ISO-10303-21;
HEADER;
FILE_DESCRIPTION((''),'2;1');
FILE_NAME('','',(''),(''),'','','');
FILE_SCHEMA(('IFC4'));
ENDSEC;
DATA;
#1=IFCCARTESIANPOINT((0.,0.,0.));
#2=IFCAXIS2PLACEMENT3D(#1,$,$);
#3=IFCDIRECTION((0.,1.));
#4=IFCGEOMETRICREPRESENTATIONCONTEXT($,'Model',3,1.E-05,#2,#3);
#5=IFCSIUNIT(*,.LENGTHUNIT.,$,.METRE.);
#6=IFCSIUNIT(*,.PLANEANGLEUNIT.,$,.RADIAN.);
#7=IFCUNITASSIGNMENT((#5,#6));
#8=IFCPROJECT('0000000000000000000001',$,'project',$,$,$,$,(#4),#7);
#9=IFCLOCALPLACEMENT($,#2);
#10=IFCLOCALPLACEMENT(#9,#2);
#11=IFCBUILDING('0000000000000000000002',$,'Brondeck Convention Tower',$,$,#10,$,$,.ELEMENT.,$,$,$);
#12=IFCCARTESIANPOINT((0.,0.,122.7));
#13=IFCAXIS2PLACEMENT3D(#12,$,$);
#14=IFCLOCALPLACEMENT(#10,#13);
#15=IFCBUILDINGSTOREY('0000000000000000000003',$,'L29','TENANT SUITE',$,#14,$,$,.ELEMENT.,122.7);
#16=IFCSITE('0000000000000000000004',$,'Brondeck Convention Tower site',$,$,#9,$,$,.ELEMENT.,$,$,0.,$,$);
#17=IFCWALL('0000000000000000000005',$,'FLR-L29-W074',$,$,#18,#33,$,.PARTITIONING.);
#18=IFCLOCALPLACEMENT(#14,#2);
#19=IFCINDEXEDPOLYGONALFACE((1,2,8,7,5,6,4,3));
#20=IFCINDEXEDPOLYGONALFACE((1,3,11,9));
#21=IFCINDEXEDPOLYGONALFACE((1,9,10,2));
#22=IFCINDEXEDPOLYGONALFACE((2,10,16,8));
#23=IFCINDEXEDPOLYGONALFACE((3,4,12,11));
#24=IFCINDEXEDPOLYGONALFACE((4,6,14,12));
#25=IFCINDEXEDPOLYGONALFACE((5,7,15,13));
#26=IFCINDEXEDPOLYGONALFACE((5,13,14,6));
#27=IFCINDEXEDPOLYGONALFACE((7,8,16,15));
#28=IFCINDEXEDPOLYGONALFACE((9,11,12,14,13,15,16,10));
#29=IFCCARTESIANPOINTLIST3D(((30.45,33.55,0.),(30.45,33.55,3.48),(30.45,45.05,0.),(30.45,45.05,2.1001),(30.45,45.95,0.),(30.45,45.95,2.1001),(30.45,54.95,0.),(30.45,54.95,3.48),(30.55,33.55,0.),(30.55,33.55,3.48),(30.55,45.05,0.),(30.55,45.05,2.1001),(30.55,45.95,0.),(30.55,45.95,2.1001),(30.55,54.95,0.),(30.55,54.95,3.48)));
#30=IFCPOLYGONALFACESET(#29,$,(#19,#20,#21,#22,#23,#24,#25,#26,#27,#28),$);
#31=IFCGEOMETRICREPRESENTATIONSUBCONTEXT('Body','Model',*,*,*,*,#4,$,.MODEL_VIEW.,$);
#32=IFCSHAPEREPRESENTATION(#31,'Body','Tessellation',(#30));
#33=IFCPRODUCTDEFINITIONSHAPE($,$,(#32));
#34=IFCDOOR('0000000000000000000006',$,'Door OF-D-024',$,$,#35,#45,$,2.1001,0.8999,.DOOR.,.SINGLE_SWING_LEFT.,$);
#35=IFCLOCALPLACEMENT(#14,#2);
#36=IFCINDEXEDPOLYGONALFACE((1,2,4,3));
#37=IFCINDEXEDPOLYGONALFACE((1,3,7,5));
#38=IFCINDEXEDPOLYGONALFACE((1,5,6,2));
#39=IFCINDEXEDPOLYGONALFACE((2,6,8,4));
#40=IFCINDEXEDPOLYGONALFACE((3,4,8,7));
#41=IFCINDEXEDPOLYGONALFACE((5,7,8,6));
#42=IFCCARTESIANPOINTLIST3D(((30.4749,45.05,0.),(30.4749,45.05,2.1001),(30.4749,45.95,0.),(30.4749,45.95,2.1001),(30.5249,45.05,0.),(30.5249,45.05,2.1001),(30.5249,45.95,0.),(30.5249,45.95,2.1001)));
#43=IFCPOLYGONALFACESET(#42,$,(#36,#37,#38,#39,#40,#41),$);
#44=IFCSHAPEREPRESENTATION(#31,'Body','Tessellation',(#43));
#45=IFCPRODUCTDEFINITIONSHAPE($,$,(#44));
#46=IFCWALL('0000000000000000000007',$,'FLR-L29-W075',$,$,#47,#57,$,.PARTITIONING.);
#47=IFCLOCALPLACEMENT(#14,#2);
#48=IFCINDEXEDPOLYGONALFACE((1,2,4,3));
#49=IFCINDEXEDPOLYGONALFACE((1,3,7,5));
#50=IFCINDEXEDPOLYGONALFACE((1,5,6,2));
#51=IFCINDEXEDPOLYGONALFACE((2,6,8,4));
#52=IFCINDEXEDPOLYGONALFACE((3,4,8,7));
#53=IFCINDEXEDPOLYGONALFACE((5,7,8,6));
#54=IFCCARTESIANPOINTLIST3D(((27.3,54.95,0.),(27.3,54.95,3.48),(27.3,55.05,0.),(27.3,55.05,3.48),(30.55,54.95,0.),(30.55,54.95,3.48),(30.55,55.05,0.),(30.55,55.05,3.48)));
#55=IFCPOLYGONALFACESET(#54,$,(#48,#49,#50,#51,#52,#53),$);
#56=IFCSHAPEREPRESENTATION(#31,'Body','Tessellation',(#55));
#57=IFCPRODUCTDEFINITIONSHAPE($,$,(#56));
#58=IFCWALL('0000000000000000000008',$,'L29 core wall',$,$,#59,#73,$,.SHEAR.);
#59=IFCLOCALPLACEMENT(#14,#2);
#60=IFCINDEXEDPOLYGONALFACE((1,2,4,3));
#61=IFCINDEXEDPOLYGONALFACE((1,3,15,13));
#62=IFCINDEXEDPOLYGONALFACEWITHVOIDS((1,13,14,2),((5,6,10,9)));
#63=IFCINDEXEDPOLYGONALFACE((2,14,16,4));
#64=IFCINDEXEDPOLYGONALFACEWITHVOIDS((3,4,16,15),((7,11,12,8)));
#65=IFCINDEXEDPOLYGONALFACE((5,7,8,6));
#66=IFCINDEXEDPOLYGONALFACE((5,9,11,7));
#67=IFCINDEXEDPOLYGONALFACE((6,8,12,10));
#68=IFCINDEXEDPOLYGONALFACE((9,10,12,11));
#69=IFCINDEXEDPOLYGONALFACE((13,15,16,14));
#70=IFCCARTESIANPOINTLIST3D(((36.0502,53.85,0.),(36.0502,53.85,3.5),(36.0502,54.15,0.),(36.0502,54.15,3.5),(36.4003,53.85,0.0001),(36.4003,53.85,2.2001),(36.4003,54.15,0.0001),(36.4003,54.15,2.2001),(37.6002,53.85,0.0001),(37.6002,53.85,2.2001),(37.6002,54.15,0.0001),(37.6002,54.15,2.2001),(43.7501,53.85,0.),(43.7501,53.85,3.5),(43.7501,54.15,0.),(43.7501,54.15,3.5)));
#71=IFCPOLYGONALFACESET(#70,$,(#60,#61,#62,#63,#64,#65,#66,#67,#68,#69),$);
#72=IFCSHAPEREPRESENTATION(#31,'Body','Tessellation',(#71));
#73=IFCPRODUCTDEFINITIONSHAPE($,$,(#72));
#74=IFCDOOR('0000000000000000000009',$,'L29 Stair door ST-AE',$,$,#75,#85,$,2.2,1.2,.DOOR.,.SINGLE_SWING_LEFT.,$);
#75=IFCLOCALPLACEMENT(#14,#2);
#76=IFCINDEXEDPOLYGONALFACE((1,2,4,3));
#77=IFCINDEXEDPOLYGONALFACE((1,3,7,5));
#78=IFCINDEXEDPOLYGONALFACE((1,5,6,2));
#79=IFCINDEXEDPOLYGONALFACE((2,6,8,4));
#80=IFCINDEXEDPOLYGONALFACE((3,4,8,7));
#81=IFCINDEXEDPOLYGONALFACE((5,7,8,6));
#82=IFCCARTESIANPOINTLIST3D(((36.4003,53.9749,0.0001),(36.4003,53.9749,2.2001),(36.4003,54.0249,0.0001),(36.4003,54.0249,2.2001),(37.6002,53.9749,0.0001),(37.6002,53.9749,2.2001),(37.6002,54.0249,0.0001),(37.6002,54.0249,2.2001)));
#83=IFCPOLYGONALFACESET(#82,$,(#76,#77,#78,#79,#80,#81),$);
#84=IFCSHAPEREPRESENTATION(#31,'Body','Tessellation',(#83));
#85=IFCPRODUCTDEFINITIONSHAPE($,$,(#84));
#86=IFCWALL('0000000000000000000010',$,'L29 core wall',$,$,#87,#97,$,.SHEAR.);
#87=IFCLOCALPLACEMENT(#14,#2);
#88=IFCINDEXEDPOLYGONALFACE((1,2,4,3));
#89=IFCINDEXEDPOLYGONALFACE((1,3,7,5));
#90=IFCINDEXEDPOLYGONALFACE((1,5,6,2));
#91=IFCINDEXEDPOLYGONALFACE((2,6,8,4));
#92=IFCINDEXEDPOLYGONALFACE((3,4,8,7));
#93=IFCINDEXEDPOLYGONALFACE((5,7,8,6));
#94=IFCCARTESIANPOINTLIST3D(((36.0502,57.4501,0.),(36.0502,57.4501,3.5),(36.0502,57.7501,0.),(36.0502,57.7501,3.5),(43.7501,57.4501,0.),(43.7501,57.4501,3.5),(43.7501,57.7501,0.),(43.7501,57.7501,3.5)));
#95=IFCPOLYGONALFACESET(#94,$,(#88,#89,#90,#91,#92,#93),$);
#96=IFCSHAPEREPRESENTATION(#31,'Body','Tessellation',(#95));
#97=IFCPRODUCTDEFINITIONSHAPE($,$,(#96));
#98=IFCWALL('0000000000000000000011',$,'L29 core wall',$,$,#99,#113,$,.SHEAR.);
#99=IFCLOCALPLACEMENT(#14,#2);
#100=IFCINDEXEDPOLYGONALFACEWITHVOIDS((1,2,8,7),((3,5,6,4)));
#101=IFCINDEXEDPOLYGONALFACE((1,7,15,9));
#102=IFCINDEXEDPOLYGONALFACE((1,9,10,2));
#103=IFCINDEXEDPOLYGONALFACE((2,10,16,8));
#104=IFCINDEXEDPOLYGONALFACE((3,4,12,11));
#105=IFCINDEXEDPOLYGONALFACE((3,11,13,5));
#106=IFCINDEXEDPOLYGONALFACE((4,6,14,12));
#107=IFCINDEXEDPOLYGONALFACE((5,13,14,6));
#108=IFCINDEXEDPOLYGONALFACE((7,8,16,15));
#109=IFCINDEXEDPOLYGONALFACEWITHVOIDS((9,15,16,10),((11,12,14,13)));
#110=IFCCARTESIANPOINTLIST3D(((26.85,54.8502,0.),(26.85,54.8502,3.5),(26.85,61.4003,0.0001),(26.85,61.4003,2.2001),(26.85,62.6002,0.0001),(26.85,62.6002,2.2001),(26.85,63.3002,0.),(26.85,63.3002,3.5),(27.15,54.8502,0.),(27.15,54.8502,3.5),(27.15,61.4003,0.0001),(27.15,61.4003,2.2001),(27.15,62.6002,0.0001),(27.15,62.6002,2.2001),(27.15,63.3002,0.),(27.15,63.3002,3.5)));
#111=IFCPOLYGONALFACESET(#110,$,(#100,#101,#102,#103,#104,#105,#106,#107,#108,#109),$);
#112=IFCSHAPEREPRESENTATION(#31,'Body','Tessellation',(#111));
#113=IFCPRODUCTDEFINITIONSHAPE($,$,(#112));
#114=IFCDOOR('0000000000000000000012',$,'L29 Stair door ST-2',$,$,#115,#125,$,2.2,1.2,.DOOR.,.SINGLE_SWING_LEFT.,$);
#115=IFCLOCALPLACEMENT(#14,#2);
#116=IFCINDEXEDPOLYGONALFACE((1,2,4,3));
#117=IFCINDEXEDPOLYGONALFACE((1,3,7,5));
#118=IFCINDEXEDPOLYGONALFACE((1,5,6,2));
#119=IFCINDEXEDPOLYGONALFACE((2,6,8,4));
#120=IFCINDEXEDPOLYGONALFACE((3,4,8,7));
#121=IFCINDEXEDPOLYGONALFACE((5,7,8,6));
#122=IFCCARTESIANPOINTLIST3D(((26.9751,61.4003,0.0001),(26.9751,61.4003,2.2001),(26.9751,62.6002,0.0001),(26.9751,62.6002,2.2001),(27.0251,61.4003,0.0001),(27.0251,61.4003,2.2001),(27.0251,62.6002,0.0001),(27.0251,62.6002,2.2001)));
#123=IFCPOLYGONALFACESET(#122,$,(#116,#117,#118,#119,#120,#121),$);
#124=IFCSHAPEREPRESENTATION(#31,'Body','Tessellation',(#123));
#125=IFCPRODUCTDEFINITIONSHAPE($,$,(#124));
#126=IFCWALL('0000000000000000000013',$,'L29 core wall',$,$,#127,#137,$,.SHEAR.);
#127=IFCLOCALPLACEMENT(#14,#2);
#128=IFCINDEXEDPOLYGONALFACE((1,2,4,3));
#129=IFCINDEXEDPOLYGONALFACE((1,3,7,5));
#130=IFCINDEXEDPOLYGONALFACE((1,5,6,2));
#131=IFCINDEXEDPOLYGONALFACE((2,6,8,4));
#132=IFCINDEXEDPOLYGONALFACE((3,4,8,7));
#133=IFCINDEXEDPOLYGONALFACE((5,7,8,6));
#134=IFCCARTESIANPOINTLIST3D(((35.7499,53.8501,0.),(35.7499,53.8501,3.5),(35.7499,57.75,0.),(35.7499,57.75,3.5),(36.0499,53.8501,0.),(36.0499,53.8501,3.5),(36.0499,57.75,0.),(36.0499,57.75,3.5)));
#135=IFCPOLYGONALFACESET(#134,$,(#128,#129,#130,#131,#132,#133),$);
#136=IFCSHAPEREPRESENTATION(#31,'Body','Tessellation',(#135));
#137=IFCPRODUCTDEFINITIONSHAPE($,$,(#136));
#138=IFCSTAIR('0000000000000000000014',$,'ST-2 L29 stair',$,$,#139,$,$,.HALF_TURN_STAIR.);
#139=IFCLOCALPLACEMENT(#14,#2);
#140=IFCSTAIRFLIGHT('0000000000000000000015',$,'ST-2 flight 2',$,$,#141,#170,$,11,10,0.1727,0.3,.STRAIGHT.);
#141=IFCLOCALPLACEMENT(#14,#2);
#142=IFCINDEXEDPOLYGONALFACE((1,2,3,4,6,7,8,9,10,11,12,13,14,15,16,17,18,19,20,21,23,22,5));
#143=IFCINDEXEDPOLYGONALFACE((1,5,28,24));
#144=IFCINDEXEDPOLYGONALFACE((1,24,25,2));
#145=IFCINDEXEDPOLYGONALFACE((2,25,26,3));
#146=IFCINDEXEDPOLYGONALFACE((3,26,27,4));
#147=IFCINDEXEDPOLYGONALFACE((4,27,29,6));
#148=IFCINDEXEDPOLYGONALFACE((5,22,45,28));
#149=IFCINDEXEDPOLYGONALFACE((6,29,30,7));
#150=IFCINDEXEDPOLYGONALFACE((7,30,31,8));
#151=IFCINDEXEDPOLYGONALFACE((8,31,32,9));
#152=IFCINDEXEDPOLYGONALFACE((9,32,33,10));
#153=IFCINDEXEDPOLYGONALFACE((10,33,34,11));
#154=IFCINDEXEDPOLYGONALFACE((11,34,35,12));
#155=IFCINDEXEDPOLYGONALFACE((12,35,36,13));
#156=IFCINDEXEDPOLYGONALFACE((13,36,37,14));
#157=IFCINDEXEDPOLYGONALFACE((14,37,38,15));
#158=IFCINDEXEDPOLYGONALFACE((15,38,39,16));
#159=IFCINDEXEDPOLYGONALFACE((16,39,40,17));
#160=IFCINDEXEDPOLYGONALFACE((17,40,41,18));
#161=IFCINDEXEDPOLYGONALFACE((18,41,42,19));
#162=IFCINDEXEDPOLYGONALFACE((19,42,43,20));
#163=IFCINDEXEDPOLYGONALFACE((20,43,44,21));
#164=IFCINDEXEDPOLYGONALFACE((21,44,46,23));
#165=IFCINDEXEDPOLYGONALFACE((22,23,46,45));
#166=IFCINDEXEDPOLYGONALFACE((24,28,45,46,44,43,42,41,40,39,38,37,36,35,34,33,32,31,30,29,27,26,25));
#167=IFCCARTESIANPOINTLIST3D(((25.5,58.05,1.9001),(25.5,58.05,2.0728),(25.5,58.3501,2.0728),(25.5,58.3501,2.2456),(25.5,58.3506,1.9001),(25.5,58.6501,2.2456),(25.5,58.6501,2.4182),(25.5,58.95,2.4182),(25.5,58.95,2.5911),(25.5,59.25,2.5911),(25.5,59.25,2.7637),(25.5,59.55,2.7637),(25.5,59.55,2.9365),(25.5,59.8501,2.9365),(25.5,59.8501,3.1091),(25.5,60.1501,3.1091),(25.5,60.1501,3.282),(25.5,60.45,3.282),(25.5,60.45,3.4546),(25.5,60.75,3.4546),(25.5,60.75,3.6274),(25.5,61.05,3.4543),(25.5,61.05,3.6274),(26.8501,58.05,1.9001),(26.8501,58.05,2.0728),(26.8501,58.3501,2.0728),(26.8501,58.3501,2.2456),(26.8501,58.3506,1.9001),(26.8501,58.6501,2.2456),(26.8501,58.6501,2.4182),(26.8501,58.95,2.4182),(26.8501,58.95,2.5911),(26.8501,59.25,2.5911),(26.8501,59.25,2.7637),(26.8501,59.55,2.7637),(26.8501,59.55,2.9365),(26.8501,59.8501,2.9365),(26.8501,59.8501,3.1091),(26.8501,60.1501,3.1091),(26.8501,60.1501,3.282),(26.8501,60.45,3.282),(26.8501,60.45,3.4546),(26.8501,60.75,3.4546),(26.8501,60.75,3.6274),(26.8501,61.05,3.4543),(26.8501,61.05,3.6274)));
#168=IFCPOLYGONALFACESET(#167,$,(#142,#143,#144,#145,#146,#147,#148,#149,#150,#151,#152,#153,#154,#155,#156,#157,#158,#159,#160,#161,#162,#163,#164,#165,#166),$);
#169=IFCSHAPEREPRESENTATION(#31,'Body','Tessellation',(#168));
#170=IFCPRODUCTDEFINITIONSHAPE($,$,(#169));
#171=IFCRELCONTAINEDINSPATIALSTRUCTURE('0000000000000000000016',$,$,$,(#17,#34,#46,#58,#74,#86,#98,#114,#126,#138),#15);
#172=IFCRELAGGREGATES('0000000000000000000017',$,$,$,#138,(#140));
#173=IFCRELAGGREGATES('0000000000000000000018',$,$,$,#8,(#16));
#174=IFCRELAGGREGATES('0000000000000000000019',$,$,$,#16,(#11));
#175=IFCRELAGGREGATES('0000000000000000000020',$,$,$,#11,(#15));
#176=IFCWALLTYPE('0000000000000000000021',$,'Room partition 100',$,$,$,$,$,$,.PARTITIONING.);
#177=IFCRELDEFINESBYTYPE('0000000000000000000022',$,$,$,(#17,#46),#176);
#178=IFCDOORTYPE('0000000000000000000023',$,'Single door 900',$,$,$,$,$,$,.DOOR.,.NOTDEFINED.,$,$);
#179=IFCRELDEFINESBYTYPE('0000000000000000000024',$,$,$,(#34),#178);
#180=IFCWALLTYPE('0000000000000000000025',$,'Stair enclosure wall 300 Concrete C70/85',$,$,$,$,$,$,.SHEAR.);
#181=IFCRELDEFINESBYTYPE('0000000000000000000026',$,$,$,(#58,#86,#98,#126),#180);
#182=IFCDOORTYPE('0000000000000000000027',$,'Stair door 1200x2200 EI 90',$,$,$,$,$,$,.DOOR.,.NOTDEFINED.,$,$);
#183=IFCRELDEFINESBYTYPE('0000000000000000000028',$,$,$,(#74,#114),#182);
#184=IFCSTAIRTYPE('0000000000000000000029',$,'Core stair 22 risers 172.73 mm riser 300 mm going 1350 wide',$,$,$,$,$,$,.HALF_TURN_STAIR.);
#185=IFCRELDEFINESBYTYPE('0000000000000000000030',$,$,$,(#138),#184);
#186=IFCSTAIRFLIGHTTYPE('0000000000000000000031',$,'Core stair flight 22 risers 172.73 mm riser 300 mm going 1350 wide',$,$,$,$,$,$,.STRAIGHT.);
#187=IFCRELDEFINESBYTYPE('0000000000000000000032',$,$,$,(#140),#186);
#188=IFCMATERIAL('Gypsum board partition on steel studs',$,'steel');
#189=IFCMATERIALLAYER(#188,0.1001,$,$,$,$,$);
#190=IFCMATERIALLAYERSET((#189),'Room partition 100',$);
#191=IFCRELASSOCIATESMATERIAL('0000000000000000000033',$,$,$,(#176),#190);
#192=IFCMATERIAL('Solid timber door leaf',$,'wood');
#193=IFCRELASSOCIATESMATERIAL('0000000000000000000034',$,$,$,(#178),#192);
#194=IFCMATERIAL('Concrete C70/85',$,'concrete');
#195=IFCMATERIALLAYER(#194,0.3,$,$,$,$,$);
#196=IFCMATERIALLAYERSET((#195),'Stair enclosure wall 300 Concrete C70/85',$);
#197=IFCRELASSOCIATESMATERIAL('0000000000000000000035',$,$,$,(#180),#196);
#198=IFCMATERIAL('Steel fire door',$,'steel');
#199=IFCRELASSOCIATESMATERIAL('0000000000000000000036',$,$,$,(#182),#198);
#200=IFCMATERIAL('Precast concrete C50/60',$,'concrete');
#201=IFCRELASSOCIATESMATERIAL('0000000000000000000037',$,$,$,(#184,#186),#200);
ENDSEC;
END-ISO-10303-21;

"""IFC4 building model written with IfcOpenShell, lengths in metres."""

from ifc_helpers import new_model, si_unit, direction, frame, frame_2d, origin, place, context, subcontext, project, spatial, polyline, rectangle, outline, extrude, material, layer, layer_set, type_object, element, fill, aggregate, save


model = new_model("IFC4")

# Units and contexts
model_context = context("Model", 3, precision=1e-05, world=origin(), true_north=direction((0.0, 1.0)))
body_context = subcontext(model_context, "Body", "Model", "MODEL_VIEW")
ifc_project = project(units=[si_unit("LENGTHUNIT", "METRE"), si_unit("PLANEANGLEUNIT", "RADIAN")], contexts=[model_context])

# Site, building, storey
site_placement = place(None, origin())
site = spatial("IfcSite", under=ifc_project, at=site_placement, Name="Brondeck Convention Tower site", CompositionType="ELEMENT", RefElevation=0.0)
building_placement = place(site_placement, origin())
building = spatial("IfcBuilding", under=site, at=building_placement, Name="Brondeck Convention Tower", CompositionType="ELEMENT")
storey_placement = place(building_placement, frame((0.0, 0.0, 122.7)))
storey = spatial("IfcBuildingStorey", under=building, at=storey_placement, Name="L29", Description="TENANT SUITE", CompositionType="ELEMENT", Elevation=122.7)

# Shared definitions
ifc_material_1 = material(Name="Concrete C70/85", Category="concrete")

# Shared definitions
ifc_material_2 = material(Name="Gypsum board partition on steel studs", Category="steel")
ifc_layer_1 = layer(ifc_material_2, 0.1001)
ifc_layer_set_1 = layer_set([ifc_layer_1], Name="Room partition 100")
wall_type_1 = type_object("IfcWallType", Name="Room partition 100", PredefinedType="PARTITIONING", material=ifc_layer_set_1)

# Wall, opening, door
wall_1_placement = place(storey_placement, frame((30.5, 54.95, 0.0), z_axis=(0.0, 0.0, 1.0), x_axis=(0.0, -1.0, 0.0)))
wall_1 = element("IfcWall", 1, at=wall_1_placement, inside=storey, type_object=wall_type_1, Name="FLR-L29-W074", PredefinedType="PARTITIONING", context=body_context, shape_type="SweptSolid", body=[
    extrude(rectangle(XDim=21.3999, YDim=0.1001, at=frame_2d((10.7, 0.0))), origin(), (0.0, 0.0, 1.0), 3.48),
])
opening_1_placement = place(wall_1_placement, frame((9.0, 0.0, 0.0)))
opening_1 = element("IfcOpeningElement", 2, at=opening_1_placement, cuts=wall_1, PredefinedType="OPENING", context=body_context, shape_type="SweptSolid", body=[
    extrude(rectangle(XDim=0.8999, YDim=2.1001, at=frame_2d((0.45, 1.05))), frame((0.0, 0.0601, 0.0), z_axis=(0.0, -1.0, 0.0), x_axis=(1.0, 0.0, 0.0)), (0.0, 0.0, 1.0), 0.1201),
])
ifc_material_3 = material(Name="Solid timber door leaf", Category="wood")
door_type_1 = type_object("IfcDoorType", Name="Single door 900", OperationType="NOTDEFINED", PredefinedType="DOOR", material=ifc_material_3)
door_1_placement = place(opening_1_placement, origin())
door_1 = element("IfcDoor", 3, at=door_1_placement, inside=storey, type_object=door_type_1, Name="Door OF-D-024", OperationType="SINGLE_SWING_LEFT", OverallHeight=2.1001, OverallWidth=0.8999, PredefinedType="DOOR", context=body_context, shape_type="SweptSolid", body=[
    extrude(rectangle(XDim=0.8999, YDim=2.1001, at=frame_2d((0.45, 1.05))), frame((0.0, 0.0249, 0.0), z_axis=(0.0, -1.0, 0.0), x_axis=(1.0, 0.0, 0.0)), (0.0, 0.0, 1.0), 0.05),
])
fill(opening_1, door_1)

# Wall
wall_2_placement = place(storey_placement, frame((27.3, 55.0, 0.0), z_axis=(0.0, 0.0, 1.0), x_axis=(1.0, 0.0, 0.0)))
element("IfcWall", 4, at=wall_2_placement, inside=storey, type_object=wall_type_1, Name="FLR-L29-W075", PredefinedType="PARTITIONING", context=body_context, shape_type="SweptSolid", body=[
    extrude(rectangle(XDim=3.25, YDim=0.1001, at=frame_2d((1.625, 0.0))), origin(), (0.0, 0.0, 1.0), 3.48),
])

# Wall, opening, door
ifc_layer_2 = layer(ifc_material_1, 0.3)
ifc_layer_set_2 = layer_set([ifc_layer_2], Name="Stair enclosure wall 300 Concrete C70/85")
wall_type_2 = type_object("IfcWallType", Name="Stair enclosure wall 300 Concrete C70/85", PredefinedType="SHEAR", material=ifc_layer_set_2)
wall_3_placement = place(storey_placement, frame((36.05, 54.0, 0.0), z_axis=(0.0, 0.0, 1.0), x_axis=(1.0, 0.0, 0.0)))
wall_3 = element("IfcWall", 5, at=wall_3_placement, inside=storey, type_object=wall_type_2, Name="L29 core wall", PredefinedType="SHEAR", context=body_context, shape_type="SweptSolid", body=[
    extrude(rectangle(XDim=7.7, YDim=0.3, at=frame_2d((3.8501, 0.0))), origin(), (0.0, 0.0, 1.0), 3.5),
])
opening_2_placement = place(wall_3_placement, frame((0.3501, 0.0, 0.0)))
opening_2 = element("IfcOpeningElement", 6, at=opening_2_placement, cuts=wall_3, PredefinedType="OPENING", context=body_context, shape_type="SweptSolid", body=[
    extrude(rectangle(XDim=1.2, YDim=2.2, at=frame_2d((0.6001, 1.1001))), frame((0.0, 0.1599, 0.0), z_axis=(0.0, -1.0, 0.0), x_axis=(1.0, 0.0, 0.0)), (0.0, 0.0, 1.0), 0.3201),
])
ifc_material_4 = material(Name="Steel fire door", Category="steel")
door_type_2 = type_object("IfcDoorType", Name="Stair door 1200x2200 EI 90", OperationType="NOTDEFINED", PredefinedType="DOOR", material=ifc_material_4)
door_2_placement = place(opening_2_placement, origin())
door_2 = element("IfcDoor", 7, at=door_2_placement, inside=storey, type_object=door_type_2, Name="L29 Stair door ST-AE", OperationType="SINGLE_SWING_LEFT", OverallHeight=2.2, OverallWidth=1.2, PredefinedType="DOOR", context=body_context, shape_type="SweptSolid", body=[
    extrude(rectangle(XDim=1.2, YDim=2.2, at=frame_2d((0.6001, 1.1001))), frame((0.0, 0.0249, 0.0), z_axis=(0.0, -1.0, 0.0), x_axis=(1.0, 0.0, 0.0)), (0.0, 0.0, 1.0), 0.05),
])
fill(opening_2, door_2)

# Wall
wall_4_placement = place(storey_placement, frame((36.05, 57.6001, 0.0), z_axis=(0.0, 0.0, 1.0), x_axis=(1.0, 0.0, 0.0)))
element("IfcWall", 8, at=wall_4_placement, inside=storey, type_object=wall_type_2, Name="L29 core wall", PredefinedType="SHEAR", context=body_context, shape_type="SweptSolid", body=[
    extrude(rectangle(XDim=7.7, YDim=0.3, at=frame_2d((3.8501, 0.0))), origin(), (0.0, 0.0, 1.0), 3.5),
])

# Wall, opening, door
wall_5_placement = place(storey_placement, frame((27.0, 54.8501, 0.0), z_axis=(0.0, 0.0, 1.0), x_axis=(0.0, 1.0, 0.0)))
wall_5 = element("IfcWall", 9, at=wall_5_placement, inside=storey, type_object=wall_type_2, Name="L29 core wall", PredefinedType="SHEAR", context=body_context, shape_type="SweptSolid", body=[
    extrude(rectangle(XDim=8.45, YDim=0.3, at=frame_2d((4.2251, 0.0))), origin(), (0.0, 0.0, 1.0), 3.5),
])
opening_3_placement = place(wall_5_placement, frame((6.55, 0.0, 0.0)))
opening_3 = element("IfcOpeningElement", 10, at=opening_3_placement, cuts=wall_5, PredefinedType="OPENING", context=body_context, shape_type="SweptSolid", body=[
    extrude(rectangle(XDim=1.2, YDim=2.2, at=frame_2d((0.6001, 1.1001))), frame((0.0, 0.1599, 0.0), z_axis=(0.0, -1.0, 0.0), x_axis=(1.0, 0.0, 0.0)), (0.0, 0.0, 1.0), 0.3201),
])
door_3_placement = place(opening_3_placement, origin())
door_3 = element("IfcDoor", 11, at=door_3_placement, inside=storey, type_object=door_type_2, Name="L29 Stair door ST-2", OperationType="SINGLE_SWING_LEFT", OverallHeight=2.2, OverallWidth=1.2, PredefinedType="DOOR", context=body_context, shape_type="SweptSolid", body=[
    extrude(rectangle(XDim=1.2, YDim=2.2, at=frame_2d((0.6001, 1.1001))), frame((0.0, 0.0249, 0.0), z_axis=(0.0, -1.0, 0.0), x_axis=(1.0, 0.0, 0.0)), (0.0, 0.0, 1.0), 0.05),
])
fill(opening_3, door_3)

# Wall
wall_6_placement = place(storey_placement, frame((35.8999, 53.8501, 0.0), z_axis=(0.0, 0.0, 1.0), x_axis=(0.0, 1.0, 0.0)))
element("IfcWall", 12, at=wall_6_placement, inside=storey, type_object=wall_type_2, Name="L29 core wall", PredefinedType="SHEAR", context=body_context, shape_type="SweptSolid", body=[
    extrude(rectangle(XDim=3.8999, YDim=0.3, at=frame_2d((1.95, 0.0))), origin(), (0.0, 0.0, 1.0), 3.5),
])

# Stair, stair flight
ifc_material_5 = material(Name="Precast concrete C50/60", Category="concrete")
stair_type = type_object("IfcStairType", Name="Core stair 22 risers 172.73 mm riser 300 mm going 1350 wide", PredefinedType="HALF_TURN_STAIR", material=ifc_material_5)
stair_placement = place(storey_placement, origin())
stair = element("IfcStair", 13, at=stair_placement, inside=storey, type_object=stair_type, Name="ST-2 L29 stair", PredefinedType="HALF_TURN_STAIR")
stair_flight_type = type_object("IfcStairFlightType", Name="Core stair flight 22 risers 172.73 mm riser 300 mm going 1350 wide", PredefinedType="STRAIGHT", material=ifc_material_5)
stair_flight_placement = place(storey_placement, frame((26.175, 58.05, 1.9001), z_axis=(0.0, 0.0, 1.0), x_axis=(0.0, 1.0, 0.0)))
stair_flight = element("IfcStairFlight", 14, at=stair_flight_placement, type_object=stair_flight_type, Name="ST-2 flight 2", NumberOfRisers=11, NumberOfTreads=10, PredefinedType="STRAIGHT", RiserHeight=0.1727, TreadLength=0.3, context=body_context, shape_type="SweptSolid", body=[
    extrude(outline(polyline([(0.0, 0.0), (0.0, 0.1726), (0.3, 0.1726), (0.3, 0.3455), (0.6001, 0.3455), (0.6001, 0.5181), (0.8999, 0.5181), (0.8999, 0.6909), (1.2, 0.6909), (1.2, 0.8635), (1.5, 0.8635), (1.5, 1.0364), (1.8, 1.0364), (1.8, 1.209), (2.1001, 1.209), (2.1001, 1.3818), (2.3999, 1.3818), (2.3999, 1.5544), (2.7, 1.5544), (2.7, 1.7273), (3.0, 1.7273), (3.0, 1.8999), (3.0, 1.5542), (0.3005, 0.0), (0.0, 0.0)])), frame((0.0, 0.675, 0.0), z_axis=(0.0, -1.0, 0.0), x_axis=(1.0, 0.0, 0.0)), (0.0, 0.0, 1.0), 1.3501),
])
aggregate(stair, [stair_flight])

save(model, "model.ifc")
